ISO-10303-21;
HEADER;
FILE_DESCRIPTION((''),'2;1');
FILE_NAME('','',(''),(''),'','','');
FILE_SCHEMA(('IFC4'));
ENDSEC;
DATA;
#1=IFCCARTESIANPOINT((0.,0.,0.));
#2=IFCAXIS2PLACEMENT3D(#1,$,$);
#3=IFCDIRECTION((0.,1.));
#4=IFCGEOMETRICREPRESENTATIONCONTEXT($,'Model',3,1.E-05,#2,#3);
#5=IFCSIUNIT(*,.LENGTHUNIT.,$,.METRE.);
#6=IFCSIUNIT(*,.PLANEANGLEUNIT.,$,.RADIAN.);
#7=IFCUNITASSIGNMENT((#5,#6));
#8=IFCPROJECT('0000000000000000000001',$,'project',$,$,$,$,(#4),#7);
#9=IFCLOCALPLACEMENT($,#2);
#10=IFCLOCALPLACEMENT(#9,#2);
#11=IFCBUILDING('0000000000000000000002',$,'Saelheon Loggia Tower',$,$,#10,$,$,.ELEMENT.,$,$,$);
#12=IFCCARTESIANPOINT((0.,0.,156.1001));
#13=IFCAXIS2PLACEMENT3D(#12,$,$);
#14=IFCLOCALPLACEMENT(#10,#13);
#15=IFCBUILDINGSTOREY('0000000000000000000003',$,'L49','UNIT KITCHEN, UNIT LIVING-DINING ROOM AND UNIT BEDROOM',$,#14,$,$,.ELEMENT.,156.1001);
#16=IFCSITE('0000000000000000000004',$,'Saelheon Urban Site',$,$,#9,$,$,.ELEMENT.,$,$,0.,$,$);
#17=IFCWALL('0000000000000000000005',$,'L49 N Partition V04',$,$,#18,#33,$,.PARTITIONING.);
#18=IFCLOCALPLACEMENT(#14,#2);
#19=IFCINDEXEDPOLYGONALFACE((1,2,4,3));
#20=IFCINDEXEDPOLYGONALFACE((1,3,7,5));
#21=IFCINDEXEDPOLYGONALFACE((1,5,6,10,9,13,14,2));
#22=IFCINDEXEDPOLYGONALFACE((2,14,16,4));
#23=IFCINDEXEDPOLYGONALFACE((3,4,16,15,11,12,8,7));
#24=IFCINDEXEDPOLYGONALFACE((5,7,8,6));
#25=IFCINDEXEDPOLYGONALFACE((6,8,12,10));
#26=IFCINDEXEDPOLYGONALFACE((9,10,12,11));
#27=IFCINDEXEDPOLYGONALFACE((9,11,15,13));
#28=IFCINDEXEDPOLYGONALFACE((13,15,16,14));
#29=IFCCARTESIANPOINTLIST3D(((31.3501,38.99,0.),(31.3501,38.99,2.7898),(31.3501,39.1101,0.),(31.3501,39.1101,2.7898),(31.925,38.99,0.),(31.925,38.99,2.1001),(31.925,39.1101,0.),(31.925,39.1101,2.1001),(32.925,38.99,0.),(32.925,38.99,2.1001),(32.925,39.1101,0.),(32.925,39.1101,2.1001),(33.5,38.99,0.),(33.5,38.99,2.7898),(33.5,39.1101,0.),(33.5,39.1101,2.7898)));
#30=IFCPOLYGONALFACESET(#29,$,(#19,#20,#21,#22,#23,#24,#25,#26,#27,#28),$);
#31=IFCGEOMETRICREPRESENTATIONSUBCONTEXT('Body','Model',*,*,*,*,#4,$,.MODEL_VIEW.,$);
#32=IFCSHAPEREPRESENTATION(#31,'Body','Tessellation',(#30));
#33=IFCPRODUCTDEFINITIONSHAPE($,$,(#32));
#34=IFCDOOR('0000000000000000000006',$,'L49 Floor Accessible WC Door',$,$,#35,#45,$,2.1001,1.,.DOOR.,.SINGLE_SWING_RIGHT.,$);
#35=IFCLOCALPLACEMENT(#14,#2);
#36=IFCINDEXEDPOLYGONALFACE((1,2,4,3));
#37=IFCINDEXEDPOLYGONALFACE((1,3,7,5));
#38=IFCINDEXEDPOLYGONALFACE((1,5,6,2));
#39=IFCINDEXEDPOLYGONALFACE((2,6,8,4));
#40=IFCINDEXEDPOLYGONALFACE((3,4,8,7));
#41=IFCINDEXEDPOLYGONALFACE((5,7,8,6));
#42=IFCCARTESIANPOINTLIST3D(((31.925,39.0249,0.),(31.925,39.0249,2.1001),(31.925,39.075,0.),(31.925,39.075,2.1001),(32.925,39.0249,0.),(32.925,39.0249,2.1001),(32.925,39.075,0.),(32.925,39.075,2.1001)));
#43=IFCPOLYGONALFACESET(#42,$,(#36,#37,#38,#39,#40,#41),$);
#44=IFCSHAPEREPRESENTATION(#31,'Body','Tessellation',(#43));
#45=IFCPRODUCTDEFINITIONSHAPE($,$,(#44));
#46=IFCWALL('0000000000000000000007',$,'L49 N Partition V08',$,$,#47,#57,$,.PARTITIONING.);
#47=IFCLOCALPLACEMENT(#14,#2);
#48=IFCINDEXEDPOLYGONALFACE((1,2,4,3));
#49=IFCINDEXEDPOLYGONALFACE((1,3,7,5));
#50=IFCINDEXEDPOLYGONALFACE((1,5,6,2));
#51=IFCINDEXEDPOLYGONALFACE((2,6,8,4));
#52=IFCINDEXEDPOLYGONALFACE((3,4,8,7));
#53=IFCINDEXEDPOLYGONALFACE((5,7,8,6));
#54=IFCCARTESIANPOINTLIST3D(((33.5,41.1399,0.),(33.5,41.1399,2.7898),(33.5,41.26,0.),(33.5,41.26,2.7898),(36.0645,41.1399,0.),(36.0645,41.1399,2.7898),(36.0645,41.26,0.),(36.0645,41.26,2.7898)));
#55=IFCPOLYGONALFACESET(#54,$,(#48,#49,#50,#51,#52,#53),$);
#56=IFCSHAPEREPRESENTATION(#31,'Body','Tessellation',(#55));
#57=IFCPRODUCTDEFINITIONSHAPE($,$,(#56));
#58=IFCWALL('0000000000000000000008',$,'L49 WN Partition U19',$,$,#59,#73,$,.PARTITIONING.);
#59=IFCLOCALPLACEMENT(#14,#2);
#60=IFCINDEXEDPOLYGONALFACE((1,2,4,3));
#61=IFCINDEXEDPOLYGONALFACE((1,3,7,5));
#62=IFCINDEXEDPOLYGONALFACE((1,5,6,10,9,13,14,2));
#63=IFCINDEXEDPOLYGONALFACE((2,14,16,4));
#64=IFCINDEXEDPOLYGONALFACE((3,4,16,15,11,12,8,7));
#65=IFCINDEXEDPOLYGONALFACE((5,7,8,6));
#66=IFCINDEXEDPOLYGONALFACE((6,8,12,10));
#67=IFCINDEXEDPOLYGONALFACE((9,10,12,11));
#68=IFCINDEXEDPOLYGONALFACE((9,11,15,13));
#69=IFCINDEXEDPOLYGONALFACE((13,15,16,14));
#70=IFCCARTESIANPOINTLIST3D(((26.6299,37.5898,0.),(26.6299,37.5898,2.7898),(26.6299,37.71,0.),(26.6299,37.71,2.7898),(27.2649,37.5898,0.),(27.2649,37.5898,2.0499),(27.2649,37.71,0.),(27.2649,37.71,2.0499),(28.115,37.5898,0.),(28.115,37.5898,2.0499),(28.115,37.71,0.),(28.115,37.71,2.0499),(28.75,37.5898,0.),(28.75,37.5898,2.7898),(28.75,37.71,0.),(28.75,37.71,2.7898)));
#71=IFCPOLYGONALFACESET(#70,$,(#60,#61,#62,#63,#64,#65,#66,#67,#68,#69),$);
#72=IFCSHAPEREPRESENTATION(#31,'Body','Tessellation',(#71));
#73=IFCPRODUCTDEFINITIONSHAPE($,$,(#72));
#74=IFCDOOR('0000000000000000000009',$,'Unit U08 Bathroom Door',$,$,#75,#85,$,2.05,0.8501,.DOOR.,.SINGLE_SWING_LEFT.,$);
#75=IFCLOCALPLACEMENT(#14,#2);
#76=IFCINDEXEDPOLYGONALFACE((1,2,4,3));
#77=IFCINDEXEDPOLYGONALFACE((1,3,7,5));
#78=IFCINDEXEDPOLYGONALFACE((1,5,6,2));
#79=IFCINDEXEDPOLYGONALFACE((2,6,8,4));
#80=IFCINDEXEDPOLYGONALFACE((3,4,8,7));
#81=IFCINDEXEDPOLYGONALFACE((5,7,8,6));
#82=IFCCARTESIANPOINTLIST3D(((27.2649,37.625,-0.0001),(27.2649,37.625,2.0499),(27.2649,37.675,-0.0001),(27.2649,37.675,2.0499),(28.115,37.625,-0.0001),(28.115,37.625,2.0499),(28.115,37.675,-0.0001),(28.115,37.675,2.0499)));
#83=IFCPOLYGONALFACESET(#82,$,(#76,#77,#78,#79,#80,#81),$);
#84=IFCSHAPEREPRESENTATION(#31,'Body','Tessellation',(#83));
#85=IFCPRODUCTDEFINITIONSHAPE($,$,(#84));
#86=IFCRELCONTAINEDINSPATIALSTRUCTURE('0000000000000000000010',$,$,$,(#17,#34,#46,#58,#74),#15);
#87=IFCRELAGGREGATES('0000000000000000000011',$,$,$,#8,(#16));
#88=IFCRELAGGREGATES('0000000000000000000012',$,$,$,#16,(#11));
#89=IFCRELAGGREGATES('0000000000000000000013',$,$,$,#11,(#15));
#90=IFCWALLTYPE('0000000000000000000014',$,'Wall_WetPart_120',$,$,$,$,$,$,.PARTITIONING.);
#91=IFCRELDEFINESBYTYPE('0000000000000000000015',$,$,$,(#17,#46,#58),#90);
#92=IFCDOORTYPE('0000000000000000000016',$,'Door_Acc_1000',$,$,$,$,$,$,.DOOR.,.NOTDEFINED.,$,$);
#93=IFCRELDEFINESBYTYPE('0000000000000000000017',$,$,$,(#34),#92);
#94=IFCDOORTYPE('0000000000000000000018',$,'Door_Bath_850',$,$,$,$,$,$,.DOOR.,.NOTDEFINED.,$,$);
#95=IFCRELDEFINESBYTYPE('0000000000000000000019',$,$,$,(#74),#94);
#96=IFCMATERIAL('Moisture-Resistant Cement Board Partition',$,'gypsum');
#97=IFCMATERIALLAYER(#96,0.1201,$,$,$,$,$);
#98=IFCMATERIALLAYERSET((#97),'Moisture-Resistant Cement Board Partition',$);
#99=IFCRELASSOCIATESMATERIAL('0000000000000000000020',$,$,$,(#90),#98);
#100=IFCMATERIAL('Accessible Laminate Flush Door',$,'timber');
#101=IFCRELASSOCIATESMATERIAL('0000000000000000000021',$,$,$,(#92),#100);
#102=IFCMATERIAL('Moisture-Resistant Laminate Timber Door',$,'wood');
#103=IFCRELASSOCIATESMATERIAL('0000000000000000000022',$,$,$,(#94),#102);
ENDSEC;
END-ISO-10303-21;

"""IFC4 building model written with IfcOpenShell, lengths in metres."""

from ifc_helpers import new_model, si_unit, direction, frame, frame_2d, origin, place, context, subcontext, project, spatial, rectangle, extrude, source, transform, mapped, material, layer, layer_set, type_object, element, fill, save


model = new_model("IFC4")

# Units and contexts
model_context = context("Model", 3, precision=1e-05, world=origin(), true_north=direction((0.0, 1.0)))
body_context = subcontext(model_context, "Body", "Model", "MODEL_VIEW")
ifc_project = project(units=[si_unit("LENGTHUNIT", "METRE"), si_unit("PLANEANGLEUNIT", "RADIAN")], contexts=[model_context])

# Site, building, storey
site_placement = place(None, origin())
site = spatial("IfcSite", under=ifc_project, at=site_placement, Name="Saelheon Urban Site", CompositionType="ELEMENT", RefElevation=0.0)
building_placement = place(site_placement, origin())
building = spatial("IfcBuilding", under=site, at=building_placement, Name="Saelheon Loggia Tower", CompositionType="ELEMENT")
storey_placement = place(building_placement, frame((0.0, 0.0, 156.1001)))
storey = spatial("IfcBuildingStorey", under=building, at=storey_placement, Name="L49", Description="UNIT KITCHEN, UNIT LIVING-DINING ROOM AND UNIT BEDROOM", CompositionType="ELEMENT", Elevation=156.1001)

# Wall, opening, door
ifc_material_1 = material(Name="Moisture-Resistant Cement Board Partition", Category="gypsum")
ifc_layer_1 = layer(ifc_material_1, 0.1201)
ifc_layer_set_1 = layer_set([ifc_layer_1], Name="Moisture-Resistant Cement Board Partition")
wall_type_1 = type_object("IfcWallType", Name="Wall_WetPart_120", PredefinedType="PARTITIONING", material=ifc_layer_set_1)
wall_1_placement = place(storey_placement, frame((31.3501, 39.05, 0.0), z_axis=(0.0, 0.0, 1.0), x_axis=(1.0, 0.0, 0.0)))
wall_1 = element("IfcWall", 1, at=wall_1_placement, inside=storey, type_object=wall_type_1, Name="L49 N Partition V04", PredefinedType="PARTITIONING", context=body_context, shape_type="SweptSolid", body=[
    extrude(rectangle(XDim=2.1499, YDim=0.1201, at=frame_2d((1.075, 0.0))), origin(), (0.0, 0.0, 1.0), 2.7898),
])
opening_1_placement = place(wall_1_placement, frame((0.575, 0.0, 0.0)))
opening_1 = element("IfcOpeningElement", 2, at=opening_1_placement, cuts=wall_1, PredefinedType="OPENING", context=body_context, shape_type="SweptSolid", body=[
    extrude(rectangle(XDim=1.0, YDim=2.1001, at=frame_2d((0.5, 1.05))), frame((0.0, 0.072, 0.0), z_axis=(0.0, -1.0, 0.0), x_axis=(1.0, 0.0, 0.0)), (0.0, 0.0, 1.0), 0.144),
])
ifc_material_2 = material(Name="Accessible Laminate Flush Door", Category="timber")
door_type_1 = type_object("IfcDoorType", Name="Door_Acc_1000", OperationType="NOTDEFINED", PredefinedType="DOOR", material=ifc_material_2)
shared_shape_1 = source(origin(), body_context, "Body", "SweptSolid", [
    extrude(rectangle(XDim=1.0, YDim=2.1001, at=frame_2d((0.5, 1.05))), frame((0.0, 0.0249, 0.0), z_axis=(0.0, -1.0, 0.0), x_axis=(1.0, 0.0, 0.0)), (0.0, 0.0, 1.0), 0.05),
])
door_1_placement = place(opening_1_placement, origin())
door_1 = element("IfcDoor", 3, at=door_1_placement, inside=storey, type_object=door_type_1, Name="L49 Floor Accessible WC Door", OperationType="SINGLE_SWING_RIGHT", OverallHeight=2.1001, OverallWidth=1.0, PredefinedType="DOOR", context=body_context, shape_type="MappedRepresentation", body=[
    mapped(shared_shape_1, transform((0.0, 0.0, 0.0), scale=1.0)),
])
fill(opening_1, door_1)

# Wall
wall_2_placement = place(storey_placement, frame((33.5, 41.2, 0.0), z_axis=(0.0, 0.0, 1.0), x_axis=(1.0, 0.0, 0.0)))
element("IfcWall", 4, at=wall_2_placement, inside=storey, type_object=wall_type_1, Name="L49 N Partition V08", PredefinedType="PARTITIONING", context=body_context, shape_type="SweptSolid", body=[
    extrude(rectangle(XDim=2.5645, YDim=0.1201, at=frame_2d((1.2822, 0.0))), origin(), (0.0, 0.0, 1.0), 2.7898),
])

# Wall, opening, door
wall_3_placement = place(storey_placement, frame((28.75, 37.6499, 0.0), z_axis=(0.0, 0.0, 1.0), x_axis=(-1.0, 0.0, 0.0)))
wall_3 = element("IfcWall", 5, at=wall_3_placement, inside=storey, type_object=wall_type_1, Name="L49 WN Partition U19", PredefinedType="PARTITIONING", context=body_context, shape_type="SweptSolid", body=[
    extrude(rectangle(XDim=2.1201, YDim=0.1201, at=frame_2d((1.0601, 0.0))), origin(), (0.0, 0.0, 1.0), 2.7898),
])
opening_2_placement = place(wall_3_placement, frame((0.635, 0.0, 0.0)))
opening_2 = element("IfcOpeningElement", 6, at=opening_2_placement, cuts=wall_3, PredefinedType="OPENING", context=body_context, shape_type="SweptSolid", body=[
    extrude(rectangle(XDim=0.8501, YDim=2.05, at=frame_2d((0.425, 1.0249))), frame((0.0, 0.072, 0.0), z_axis=(0.0, -1.0, 0.0), x_axis=(1.0, 0.0, 0.0)), (0.0, 0.0, 1.0), 0.144),
])
ifc_material_3 = material(Name="Moisture-Resistant Laminate Timber Door", Category="wood")
door_type_2 = type_object("IfcDoorType", Name="Door_Bath_850", OperationType="NOTDEFINED", PredefinedType="DOOR", material=ifc_material_3)
shared_shape_2 = source(origin(), body_context, "Body", "SweptSolid", [
    extrude(rectangle(XDim=0.8501, YDim=2.05, at=frame_2d((0.425, 1.0249))), frame((0.0, 0.0249, 0.0), z_axis=(0.0, -1.0, 0.0), x_axis=(1.0, 0.0, 0.0)), (0.0, 0.0, 1.0), 0.05),
])
door_2_placement = place(opening_2_placement, origin())
door_2 = element("IfcDoor", 7, at=door_2_placement, inside=storey, type_object=door_type_2, Name="Unit U08 Bathroom Door", OperationType="SINGLE_SWING_LEFT", OverallHeight=2.05, OverallWidth=0.8501, PredefinedType="DOOR", context=body_context, shape_type="MappedRepresentation", body=[
    mapped(shared_shape_2, transform((0.0, 0.0, 0.0), scale=1.0)),
])
fill(opening_2, door_2)

save(model, "model.ifc")
